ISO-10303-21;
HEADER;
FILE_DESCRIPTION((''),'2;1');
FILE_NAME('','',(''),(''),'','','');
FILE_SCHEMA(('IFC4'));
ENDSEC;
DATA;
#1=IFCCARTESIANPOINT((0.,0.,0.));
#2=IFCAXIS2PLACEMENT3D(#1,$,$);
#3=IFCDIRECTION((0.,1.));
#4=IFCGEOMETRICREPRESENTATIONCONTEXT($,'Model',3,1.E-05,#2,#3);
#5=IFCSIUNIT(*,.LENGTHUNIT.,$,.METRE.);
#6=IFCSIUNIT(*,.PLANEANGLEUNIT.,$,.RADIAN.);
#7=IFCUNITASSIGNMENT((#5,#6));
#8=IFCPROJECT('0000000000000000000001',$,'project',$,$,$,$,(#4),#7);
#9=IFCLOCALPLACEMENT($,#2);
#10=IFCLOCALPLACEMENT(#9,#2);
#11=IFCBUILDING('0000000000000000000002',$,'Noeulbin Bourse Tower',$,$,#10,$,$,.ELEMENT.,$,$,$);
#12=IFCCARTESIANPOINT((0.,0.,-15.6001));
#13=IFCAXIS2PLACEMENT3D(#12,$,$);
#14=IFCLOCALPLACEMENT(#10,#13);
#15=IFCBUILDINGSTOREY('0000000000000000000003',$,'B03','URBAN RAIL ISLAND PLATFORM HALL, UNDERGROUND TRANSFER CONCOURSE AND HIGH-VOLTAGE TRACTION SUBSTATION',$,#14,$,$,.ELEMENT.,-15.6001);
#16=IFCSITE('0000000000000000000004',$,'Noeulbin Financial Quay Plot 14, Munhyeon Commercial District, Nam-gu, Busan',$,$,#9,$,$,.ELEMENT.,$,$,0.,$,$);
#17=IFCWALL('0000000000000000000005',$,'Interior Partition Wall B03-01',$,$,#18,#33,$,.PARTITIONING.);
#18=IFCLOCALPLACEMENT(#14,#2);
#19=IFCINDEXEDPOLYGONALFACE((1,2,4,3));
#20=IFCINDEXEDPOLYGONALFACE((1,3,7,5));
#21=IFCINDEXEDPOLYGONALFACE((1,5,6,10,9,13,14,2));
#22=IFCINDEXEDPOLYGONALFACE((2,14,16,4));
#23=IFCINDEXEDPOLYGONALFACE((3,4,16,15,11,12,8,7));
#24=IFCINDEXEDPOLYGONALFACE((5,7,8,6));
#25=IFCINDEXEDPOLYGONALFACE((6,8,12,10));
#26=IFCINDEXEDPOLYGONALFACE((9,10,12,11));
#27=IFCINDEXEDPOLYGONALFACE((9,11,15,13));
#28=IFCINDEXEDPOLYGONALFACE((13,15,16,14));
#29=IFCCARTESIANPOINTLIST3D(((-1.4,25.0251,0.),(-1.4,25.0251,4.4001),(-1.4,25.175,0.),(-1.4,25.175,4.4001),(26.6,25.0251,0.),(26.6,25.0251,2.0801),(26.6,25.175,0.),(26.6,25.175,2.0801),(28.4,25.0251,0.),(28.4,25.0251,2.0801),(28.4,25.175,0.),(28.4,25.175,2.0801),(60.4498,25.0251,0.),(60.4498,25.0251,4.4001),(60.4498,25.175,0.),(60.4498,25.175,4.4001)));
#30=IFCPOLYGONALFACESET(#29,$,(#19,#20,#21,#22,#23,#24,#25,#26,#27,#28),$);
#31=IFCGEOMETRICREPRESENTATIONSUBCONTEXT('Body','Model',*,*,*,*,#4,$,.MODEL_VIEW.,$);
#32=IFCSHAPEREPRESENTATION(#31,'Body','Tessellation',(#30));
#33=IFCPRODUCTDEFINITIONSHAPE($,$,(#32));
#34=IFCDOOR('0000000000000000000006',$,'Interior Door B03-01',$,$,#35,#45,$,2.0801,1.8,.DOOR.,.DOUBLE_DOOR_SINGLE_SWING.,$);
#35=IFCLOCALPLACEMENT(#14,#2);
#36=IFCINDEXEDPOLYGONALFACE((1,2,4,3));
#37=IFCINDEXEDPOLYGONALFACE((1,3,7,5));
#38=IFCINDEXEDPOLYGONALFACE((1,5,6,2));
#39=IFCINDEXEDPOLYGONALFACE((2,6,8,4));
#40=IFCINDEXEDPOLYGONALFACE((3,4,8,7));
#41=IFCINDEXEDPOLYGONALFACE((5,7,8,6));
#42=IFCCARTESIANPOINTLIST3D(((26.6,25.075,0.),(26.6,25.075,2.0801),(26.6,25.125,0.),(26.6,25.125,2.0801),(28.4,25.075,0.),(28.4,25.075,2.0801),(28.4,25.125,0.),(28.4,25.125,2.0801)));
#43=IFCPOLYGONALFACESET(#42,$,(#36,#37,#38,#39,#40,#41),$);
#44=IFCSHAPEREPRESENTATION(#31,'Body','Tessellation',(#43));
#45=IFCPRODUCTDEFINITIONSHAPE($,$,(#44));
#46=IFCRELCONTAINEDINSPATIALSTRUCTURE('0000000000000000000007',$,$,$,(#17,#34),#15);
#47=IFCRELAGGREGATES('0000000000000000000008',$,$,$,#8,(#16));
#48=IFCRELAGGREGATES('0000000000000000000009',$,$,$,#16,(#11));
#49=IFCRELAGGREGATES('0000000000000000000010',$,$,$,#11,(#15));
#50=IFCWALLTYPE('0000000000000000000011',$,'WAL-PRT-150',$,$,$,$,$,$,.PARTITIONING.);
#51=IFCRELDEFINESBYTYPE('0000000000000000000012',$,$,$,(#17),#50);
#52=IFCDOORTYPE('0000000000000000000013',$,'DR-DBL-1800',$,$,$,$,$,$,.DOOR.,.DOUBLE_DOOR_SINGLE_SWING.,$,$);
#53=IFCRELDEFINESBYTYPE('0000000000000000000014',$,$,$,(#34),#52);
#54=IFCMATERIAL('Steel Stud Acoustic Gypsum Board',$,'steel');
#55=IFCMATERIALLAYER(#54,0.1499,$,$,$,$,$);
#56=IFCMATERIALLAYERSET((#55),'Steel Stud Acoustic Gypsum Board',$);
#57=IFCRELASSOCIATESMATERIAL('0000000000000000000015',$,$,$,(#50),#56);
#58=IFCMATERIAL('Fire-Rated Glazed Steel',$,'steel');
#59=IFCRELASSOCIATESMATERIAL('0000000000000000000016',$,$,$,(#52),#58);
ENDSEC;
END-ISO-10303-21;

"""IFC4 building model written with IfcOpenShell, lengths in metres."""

from ifc_helpers import new_model, si_unit, direction, frame, frame_2d, origin, place, context, subcontext, project, spatial, rectangle, extrude, material, layer, layer_set, type_object, element, fill, save


model = new_model("IFC4")

# Units and contexts
model_context = context("Model", 3, precision=1e-05, world=origin(), true_north=direction((0.0, 1.0)))
body_context = subcontext(model_context, "Body", "Model", "MODEL_VIEW")
ifc_project = project(units=[si_unit("LENGTHUNIT", "METRE"), si_unit("PLANEANGLEUNIT", "RADIAN")], contexts=[model_context])

# Site, building, storey
site_placement = place(None, origin())
site = spatial("IfcSite", under=ifc_project, at=site_placement, Name="Noeulbin Financial Quay Plot 14, Munhyeon Commercial District, Nam-gu, Busan", CompositionType="ELEMENT", RefElevation=0.0)
building_placement = place(site_placement, origin())
building = spatial("IfcBuilding", under=site, at=building_placement, Name="Noeulbin Bourse Tower", CompositionType="ELEMENT")
storey_placement = place(building_placement, frame((0.0, 0.0, -15.6001)))
storey = spatial("IfcBuildingStorey", under=building, at=storey_placement, Name="B03", Description="URBAN RAIL ISLAND PLATFORM HALL, UNDERGROUND TRANSFER CONCOURSE AND HIGH-VOLTAGE TRACTION SUBSTATION", CompositionType="ELEMENT", Elevation=-15.6001)

# Wall, opening, door
ifc_material_1 = material(Name="Steel Stud Acoustic Gypsum Board", Category="steel")
ifc_layer_1 = layer(ifc_material_1, 0.1499)
ifc_layer_set_1 = layer_set([ifc_layer_1], Name="Steel Stud Acoustic Gypsum Board")
wall_type_1 = type_object("IfcWallType", Name="WAL-PRT-150", PredefinedType="PARTITIONING", material=ifc_layer_set_1)
wall_1_placement = place(storey_placement, frame((-1.3999, 25.1001, 0.0), z_axis=(0.0, 0.0, 1.0), x_axis=(1.0, 0.0, 0.0)))
wall_1 = element("IfcWall", 1, at=wall_1_placement, inside=storey, type_object=wall_type_1, Name="Interior Partition Wall B03-01", PredefinedType="PARTITIONING", context=body_context, shape_type="SweptSolid", body=[
    extrude(rectangle(XDim=61.8499, YDim=0.1499, at=frame_2d((30.9248, 0.0))), origin(), (0.0, 0.0, 1.0), 4.4001),
])
opening_1_placement = place(wall_1_placement, frame((28.0, 0.0, 0.0)))
opening_1 = element("IfcOpeningElement", 2, at=opening_1_placement, cuts=wall_1, PredefinedType="OPENING", context=body_context, shape_type="SweptSolid", body=[
    extrude(rectangle(XDim=1.8, YDim=2.0801, at=frame_2d((0.8999, 1.04))), frame((0.0, 0.085, 0.0), z_axis=(0.0, -1.0, 0.0), x_axis=(1.0, 0.0, 0.0)), (0.0, 0.0, 1.0), 0.1699),
])
ifc_material_2 = material(Name="Fire-Rated Glazed Steel", Category="steel")
door_type_1 = type_object("IfcDoorType", Name="DR-DBL-1800", OperationType="DOUBLE_DOOR_SINGLE_SWING", PredefinedType="DOOR", material=ifc_material_2)
door_1_placement = place(opening_1_placement, origin())
door_1 = element("IfcDoor", 3, at=door_1_placement, inside=storey, type_object=door_type_1, Name="Interior Door B03-01", OperationType="DOUBLE_DOOR_SINGLE_SWING", OverallHeight=2.0801, OverallWidth=1.8, PredefinedType="DOOR", context=body_context, shape_type="SweptSolid", body=[
    extrude(rectangle(XDim=1.8, YDim=2.0801, at=frame_2d((0.8999, 1.04))), frame((0.0, 0.0249, 0.0), z_axis=(0.0, -1.0, 0.0), x_axis=(1.0, 0.0, 0.0)), (0.0, 0.0, 1.0), 0.05),
])
fill(opening_1, door_1)

save(model, "model.ifc")
